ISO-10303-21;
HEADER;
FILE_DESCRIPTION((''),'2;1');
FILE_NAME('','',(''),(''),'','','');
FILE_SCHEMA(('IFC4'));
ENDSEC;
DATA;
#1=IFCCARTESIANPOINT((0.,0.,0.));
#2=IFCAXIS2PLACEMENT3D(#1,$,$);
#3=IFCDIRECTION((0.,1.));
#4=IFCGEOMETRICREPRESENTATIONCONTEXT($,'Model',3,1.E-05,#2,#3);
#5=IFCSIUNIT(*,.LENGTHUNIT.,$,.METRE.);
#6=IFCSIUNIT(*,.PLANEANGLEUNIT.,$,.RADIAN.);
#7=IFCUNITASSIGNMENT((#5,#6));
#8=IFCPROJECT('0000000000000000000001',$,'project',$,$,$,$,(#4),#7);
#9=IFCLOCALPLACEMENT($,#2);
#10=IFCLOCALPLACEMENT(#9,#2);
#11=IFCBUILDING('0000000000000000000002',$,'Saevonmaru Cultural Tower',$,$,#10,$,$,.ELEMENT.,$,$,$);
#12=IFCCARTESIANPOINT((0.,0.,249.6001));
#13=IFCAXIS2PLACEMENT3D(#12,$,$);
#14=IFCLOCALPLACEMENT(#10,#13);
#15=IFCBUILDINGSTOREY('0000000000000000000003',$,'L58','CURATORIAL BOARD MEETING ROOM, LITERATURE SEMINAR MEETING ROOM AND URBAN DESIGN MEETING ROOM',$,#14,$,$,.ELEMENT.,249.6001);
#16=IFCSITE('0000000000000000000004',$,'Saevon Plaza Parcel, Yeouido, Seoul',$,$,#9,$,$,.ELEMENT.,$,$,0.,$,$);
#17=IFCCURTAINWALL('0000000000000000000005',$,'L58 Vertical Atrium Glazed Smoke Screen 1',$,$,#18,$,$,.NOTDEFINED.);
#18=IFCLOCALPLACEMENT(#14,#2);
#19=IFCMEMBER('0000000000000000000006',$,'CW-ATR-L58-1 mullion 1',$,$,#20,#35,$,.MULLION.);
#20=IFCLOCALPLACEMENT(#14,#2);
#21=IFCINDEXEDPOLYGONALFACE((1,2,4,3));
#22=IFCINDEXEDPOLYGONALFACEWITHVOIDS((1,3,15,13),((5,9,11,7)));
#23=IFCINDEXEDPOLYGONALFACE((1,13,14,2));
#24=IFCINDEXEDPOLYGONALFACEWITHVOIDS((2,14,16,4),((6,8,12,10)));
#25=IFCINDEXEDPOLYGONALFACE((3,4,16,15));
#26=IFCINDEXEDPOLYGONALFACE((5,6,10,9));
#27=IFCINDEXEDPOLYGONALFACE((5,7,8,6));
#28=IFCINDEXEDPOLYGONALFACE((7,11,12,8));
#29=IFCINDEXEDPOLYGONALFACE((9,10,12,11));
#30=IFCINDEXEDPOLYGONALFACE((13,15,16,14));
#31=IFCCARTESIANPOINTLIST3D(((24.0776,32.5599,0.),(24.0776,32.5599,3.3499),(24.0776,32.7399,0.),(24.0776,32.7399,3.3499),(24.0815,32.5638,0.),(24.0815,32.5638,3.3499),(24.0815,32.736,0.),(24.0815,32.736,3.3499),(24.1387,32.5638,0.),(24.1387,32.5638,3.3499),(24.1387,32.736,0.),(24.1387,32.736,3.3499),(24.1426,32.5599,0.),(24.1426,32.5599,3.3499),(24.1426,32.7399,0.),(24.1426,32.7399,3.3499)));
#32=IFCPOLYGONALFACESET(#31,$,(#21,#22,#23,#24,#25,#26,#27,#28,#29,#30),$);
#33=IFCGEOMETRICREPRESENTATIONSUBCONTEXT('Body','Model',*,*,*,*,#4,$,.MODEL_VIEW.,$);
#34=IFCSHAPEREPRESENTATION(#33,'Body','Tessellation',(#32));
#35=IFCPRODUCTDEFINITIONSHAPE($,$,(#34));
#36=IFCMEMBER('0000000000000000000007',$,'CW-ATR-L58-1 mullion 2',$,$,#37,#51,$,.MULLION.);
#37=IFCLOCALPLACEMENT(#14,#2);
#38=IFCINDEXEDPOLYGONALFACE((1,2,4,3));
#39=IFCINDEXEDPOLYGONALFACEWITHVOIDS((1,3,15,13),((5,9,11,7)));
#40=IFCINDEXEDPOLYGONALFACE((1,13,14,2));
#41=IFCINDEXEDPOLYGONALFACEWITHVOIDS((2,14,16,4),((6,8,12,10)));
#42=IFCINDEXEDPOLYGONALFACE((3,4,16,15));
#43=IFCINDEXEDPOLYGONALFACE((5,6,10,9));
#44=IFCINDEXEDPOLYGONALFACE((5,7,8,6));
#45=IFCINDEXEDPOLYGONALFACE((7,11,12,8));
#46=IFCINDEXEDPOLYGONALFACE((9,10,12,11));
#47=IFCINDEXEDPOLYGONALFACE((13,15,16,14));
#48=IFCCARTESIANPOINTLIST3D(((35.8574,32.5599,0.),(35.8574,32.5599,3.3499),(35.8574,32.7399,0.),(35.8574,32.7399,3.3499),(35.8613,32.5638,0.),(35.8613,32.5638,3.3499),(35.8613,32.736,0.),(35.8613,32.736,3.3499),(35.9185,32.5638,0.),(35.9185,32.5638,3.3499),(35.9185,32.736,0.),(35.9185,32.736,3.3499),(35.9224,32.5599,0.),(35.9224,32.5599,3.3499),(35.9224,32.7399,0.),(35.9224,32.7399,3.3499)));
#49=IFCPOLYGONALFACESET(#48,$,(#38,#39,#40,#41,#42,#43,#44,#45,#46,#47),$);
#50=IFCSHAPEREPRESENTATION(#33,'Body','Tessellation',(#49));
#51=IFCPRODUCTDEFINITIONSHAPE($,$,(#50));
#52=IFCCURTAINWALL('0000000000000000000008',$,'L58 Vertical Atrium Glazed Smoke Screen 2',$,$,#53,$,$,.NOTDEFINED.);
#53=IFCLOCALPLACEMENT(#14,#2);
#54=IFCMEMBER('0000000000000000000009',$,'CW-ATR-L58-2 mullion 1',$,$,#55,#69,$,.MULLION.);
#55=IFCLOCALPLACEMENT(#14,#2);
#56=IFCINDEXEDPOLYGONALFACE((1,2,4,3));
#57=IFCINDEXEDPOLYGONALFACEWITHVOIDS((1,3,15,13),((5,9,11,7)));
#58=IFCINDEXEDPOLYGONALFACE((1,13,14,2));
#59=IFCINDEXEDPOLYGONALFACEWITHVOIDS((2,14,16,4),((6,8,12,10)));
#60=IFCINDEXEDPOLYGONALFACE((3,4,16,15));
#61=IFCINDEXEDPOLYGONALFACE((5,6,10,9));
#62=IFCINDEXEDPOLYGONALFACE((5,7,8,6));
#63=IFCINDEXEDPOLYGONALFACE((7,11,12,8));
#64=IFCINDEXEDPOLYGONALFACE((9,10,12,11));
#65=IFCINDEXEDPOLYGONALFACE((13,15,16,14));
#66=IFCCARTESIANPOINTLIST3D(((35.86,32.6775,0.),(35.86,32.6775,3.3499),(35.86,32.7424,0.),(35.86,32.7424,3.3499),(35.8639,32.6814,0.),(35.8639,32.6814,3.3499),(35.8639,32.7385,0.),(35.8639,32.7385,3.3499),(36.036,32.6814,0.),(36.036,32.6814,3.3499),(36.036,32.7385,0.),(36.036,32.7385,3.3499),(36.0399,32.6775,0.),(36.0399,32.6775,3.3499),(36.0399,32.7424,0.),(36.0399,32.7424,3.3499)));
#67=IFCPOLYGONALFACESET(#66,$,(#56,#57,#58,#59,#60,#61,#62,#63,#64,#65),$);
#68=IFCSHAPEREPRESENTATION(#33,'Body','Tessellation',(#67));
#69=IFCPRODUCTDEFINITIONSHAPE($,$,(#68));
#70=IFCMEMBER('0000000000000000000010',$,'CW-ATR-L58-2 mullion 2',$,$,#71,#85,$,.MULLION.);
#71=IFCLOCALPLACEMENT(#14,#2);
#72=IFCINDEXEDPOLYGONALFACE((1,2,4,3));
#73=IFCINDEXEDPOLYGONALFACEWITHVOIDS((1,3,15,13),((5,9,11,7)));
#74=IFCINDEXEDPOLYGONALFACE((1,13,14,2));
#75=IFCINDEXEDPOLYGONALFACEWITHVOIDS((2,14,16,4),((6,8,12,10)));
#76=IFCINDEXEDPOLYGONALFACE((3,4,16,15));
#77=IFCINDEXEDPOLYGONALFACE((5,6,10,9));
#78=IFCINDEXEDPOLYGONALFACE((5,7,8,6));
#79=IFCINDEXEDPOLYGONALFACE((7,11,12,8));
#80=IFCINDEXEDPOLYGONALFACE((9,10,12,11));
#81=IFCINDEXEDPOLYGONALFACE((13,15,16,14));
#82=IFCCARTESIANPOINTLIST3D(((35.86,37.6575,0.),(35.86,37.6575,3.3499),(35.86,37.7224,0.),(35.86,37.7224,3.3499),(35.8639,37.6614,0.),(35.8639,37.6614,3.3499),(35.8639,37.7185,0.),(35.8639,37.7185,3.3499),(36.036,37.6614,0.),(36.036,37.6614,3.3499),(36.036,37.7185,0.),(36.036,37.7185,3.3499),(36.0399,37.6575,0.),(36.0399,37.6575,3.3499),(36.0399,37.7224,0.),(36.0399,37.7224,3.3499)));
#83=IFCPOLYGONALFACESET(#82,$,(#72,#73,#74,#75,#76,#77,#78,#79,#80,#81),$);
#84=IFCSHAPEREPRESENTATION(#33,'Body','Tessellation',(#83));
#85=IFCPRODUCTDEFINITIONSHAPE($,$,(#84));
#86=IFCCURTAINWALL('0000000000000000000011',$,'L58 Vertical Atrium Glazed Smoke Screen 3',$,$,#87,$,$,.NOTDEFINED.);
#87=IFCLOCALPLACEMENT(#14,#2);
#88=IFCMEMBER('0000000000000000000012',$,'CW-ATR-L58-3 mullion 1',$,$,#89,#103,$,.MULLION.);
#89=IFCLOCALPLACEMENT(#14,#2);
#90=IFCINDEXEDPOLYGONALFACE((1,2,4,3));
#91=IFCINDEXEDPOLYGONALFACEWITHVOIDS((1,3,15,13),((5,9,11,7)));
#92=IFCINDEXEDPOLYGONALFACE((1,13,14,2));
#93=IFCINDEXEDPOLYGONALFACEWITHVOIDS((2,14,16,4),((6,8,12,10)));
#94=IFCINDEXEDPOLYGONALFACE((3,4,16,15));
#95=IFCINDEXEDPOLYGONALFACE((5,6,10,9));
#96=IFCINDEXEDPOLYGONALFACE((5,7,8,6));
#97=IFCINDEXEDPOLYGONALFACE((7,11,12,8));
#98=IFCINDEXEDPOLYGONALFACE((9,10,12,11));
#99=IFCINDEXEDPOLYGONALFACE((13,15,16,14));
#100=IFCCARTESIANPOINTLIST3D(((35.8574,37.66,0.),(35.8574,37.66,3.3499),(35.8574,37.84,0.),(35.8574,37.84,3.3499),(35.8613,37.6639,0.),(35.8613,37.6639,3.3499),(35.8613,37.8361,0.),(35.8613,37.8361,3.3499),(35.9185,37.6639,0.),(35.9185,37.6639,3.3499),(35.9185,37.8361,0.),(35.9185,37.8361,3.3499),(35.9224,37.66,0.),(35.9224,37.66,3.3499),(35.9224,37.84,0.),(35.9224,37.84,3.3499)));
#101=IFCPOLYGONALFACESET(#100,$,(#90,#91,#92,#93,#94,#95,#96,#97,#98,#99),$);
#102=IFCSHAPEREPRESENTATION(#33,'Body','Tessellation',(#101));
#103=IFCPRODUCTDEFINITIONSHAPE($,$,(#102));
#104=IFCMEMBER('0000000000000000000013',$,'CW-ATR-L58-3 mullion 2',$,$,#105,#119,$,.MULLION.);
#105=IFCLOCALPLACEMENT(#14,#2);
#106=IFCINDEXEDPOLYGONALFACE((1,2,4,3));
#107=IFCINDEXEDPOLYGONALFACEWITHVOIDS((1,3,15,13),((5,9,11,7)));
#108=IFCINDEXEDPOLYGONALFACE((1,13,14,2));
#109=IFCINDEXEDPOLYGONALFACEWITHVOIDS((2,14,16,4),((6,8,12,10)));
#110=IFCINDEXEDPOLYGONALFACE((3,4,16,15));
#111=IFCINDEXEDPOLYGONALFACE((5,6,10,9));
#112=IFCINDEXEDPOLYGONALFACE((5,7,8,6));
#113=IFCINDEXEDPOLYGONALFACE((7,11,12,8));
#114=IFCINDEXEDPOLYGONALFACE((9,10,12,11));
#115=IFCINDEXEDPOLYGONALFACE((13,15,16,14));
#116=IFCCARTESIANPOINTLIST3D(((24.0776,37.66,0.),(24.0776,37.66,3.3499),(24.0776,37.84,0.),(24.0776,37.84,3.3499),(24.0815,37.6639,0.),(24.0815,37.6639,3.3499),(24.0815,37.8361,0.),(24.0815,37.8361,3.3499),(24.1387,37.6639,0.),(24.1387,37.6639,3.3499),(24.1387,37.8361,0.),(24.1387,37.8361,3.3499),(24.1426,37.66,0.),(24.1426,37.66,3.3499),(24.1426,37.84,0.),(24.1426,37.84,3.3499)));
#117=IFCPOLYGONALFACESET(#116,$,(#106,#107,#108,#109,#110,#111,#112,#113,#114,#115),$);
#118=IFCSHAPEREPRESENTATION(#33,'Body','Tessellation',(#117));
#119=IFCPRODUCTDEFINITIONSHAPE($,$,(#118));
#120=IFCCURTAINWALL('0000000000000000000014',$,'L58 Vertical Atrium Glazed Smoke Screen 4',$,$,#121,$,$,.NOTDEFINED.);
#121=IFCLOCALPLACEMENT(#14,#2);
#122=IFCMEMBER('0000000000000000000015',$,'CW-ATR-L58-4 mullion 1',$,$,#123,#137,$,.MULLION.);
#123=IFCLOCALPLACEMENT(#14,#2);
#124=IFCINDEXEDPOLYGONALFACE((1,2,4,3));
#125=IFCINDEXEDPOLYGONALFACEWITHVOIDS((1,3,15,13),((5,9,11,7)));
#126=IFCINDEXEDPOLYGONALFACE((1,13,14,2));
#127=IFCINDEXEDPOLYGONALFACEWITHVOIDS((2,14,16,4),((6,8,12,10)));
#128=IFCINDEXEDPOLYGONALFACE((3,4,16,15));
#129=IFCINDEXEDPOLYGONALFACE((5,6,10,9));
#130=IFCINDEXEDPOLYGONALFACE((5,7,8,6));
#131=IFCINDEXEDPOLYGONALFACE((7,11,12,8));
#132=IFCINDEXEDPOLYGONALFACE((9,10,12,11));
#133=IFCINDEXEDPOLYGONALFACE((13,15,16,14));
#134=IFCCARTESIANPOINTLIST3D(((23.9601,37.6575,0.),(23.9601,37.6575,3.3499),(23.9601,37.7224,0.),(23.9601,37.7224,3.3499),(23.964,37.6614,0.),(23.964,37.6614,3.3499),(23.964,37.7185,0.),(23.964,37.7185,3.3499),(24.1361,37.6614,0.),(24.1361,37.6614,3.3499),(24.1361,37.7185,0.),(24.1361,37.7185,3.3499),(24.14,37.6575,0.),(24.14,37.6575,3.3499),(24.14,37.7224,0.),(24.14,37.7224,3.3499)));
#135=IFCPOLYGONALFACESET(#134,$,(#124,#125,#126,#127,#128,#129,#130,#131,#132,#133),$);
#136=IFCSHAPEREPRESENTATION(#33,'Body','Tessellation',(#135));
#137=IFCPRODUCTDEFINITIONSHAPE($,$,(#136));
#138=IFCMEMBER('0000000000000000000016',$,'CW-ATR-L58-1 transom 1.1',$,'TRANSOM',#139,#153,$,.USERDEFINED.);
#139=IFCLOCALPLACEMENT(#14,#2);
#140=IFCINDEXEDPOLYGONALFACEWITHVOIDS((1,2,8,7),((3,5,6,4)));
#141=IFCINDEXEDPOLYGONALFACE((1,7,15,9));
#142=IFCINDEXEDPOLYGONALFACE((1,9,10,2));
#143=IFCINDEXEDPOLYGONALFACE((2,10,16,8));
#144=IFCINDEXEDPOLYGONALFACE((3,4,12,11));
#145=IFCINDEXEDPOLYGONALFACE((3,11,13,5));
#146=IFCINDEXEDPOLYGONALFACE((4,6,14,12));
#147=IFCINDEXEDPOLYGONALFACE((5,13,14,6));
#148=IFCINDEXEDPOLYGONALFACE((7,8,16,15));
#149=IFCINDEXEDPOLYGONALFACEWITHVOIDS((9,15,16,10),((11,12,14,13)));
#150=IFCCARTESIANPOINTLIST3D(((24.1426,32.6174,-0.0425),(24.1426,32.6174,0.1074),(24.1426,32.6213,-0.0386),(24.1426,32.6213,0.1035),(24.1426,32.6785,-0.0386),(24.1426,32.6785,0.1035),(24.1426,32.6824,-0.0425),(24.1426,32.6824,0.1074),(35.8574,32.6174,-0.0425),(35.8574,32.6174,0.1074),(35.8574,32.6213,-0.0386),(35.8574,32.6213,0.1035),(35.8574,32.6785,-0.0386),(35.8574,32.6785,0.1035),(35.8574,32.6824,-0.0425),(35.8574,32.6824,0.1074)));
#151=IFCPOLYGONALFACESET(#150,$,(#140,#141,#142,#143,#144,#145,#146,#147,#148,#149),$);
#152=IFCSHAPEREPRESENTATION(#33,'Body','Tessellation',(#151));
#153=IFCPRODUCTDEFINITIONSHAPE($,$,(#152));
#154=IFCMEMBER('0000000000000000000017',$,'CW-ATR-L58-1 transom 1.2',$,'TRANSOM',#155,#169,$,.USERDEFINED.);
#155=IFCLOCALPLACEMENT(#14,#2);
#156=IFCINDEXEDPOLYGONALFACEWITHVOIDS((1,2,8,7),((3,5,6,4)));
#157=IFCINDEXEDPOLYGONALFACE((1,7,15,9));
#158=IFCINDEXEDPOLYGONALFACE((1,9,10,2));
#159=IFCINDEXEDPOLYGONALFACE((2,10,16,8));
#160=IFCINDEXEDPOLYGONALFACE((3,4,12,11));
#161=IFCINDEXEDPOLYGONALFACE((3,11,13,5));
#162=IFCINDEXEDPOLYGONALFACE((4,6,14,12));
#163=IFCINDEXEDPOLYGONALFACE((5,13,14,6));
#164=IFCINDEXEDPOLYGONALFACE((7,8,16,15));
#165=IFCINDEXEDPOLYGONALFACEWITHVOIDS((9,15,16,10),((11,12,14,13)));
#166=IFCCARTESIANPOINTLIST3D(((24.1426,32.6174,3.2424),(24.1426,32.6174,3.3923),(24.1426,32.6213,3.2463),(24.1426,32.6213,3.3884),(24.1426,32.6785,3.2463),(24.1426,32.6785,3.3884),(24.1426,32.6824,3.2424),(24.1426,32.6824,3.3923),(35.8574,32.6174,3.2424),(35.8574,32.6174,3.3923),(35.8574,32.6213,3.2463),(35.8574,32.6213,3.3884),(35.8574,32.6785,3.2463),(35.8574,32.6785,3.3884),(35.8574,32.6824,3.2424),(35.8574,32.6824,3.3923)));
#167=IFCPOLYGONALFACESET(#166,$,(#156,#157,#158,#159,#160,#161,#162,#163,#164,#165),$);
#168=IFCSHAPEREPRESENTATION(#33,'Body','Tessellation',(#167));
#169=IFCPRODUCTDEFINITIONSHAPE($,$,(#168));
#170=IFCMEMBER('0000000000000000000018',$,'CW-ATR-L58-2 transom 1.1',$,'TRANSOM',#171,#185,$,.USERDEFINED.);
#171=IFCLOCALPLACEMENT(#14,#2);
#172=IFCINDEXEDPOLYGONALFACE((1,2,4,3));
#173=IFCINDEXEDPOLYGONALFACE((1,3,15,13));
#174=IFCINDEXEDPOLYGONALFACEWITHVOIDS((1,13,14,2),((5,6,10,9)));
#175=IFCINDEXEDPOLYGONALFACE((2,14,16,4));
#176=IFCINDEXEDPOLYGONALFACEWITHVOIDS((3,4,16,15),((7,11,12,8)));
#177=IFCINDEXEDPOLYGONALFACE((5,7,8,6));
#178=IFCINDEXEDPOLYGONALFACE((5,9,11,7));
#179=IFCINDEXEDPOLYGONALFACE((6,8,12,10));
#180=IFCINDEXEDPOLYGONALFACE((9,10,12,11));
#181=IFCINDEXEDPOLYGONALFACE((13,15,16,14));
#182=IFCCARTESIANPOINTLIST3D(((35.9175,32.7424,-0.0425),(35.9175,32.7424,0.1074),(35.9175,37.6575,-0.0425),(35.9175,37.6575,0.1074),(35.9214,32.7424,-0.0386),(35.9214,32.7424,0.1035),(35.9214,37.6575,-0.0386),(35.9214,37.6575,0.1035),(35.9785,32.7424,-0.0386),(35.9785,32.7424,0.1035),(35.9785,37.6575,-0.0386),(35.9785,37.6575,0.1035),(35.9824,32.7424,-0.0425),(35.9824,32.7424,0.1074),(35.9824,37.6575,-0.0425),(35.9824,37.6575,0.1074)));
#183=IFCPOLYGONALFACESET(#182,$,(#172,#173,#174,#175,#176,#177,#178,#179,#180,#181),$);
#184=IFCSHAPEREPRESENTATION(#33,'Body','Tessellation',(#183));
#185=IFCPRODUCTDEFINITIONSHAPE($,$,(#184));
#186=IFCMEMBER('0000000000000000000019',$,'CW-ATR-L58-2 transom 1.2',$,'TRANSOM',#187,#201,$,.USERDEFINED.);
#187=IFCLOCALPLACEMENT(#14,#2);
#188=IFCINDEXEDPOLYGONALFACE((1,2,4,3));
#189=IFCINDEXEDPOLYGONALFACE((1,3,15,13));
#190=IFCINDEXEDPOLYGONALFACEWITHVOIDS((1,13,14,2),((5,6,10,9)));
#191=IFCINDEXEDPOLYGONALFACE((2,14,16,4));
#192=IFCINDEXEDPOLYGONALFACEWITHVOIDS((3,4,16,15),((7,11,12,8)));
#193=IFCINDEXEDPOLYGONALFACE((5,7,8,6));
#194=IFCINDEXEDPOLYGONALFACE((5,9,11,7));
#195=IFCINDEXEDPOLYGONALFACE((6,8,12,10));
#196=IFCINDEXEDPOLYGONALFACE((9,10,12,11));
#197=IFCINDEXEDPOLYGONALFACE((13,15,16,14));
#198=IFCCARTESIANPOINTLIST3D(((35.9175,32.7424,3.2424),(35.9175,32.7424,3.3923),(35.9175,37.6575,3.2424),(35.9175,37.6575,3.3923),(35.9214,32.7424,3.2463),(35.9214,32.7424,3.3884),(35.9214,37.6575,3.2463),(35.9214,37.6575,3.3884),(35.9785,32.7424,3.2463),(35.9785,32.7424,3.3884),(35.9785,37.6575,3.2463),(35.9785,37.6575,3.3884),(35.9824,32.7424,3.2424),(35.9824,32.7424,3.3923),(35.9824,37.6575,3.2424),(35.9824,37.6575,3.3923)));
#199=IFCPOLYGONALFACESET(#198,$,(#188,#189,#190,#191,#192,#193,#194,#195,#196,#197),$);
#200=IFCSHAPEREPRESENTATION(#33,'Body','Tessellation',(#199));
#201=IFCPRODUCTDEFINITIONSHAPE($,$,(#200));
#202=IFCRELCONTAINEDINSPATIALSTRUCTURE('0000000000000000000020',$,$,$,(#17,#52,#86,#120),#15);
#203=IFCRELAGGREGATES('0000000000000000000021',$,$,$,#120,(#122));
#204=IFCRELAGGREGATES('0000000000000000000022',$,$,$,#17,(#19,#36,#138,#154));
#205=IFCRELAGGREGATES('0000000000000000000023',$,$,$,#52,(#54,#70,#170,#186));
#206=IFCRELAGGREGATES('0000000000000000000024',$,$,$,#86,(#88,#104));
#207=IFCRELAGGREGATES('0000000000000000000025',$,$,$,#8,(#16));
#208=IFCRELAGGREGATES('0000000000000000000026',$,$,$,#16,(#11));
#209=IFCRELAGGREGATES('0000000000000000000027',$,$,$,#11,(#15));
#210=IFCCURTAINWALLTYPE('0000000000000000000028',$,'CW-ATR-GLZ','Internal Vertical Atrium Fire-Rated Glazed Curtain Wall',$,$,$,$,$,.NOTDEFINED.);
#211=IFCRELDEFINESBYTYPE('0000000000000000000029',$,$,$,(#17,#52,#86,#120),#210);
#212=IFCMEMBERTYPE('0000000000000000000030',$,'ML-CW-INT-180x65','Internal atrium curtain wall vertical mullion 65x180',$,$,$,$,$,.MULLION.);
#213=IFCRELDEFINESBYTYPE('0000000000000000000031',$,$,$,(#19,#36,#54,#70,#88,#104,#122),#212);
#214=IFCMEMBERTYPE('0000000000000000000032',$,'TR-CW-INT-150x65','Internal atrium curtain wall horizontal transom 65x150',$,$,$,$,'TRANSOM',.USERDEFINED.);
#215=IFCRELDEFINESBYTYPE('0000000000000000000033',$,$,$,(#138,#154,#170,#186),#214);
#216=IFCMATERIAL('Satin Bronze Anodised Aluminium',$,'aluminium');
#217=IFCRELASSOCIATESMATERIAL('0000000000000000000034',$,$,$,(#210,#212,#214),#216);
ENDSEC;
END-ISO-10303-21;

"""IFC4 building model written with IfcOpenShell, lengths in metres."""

from ifc_helpers import new_model, si_unit, direction, frame, origin, origin_2d, place, context, subcontext, project, spatial, hollow_rectangle, extrude, material, material_profile, profile_set, type_object, element, aggregate, save


model = new_model("IFC4")

# Units and contexts
model_context = context("Model", 3, precision=1e-05, world=origin(), true_north=direction((0.0, 1.0)))
body_context = subcontext(model_context, "Body", "Model", "MODEL_VIEW")
ifc_project = project(units=[si_unit("LENGTHUNIT", "METRE"), si_unit("PLANEANGLEUNIT", "RADIAN")], contexts=[model_context])

# Site, building, storey
site_placement = place(None, origin())
site = spatial("IfcSite", under=ifc_project, at=site_placement, Name="Saevon Plaza Parcel, Yeouido, Seoul", CompositionType="ELEMENT", RefElevation=0.0)
building_placement = place(site_placement, origin())
building = spatial("IfcBuilding", under=site, at=building_placement, Name="Saevonmaru Cultural Tower", CompositionType="ELEMENT")
storey_placement = place(building_placement, frame((0.0, 0.0, 249.6001)))
storey = spatial("IfcBuildingStorey", under=building, at=storey_placement, Name="L58", Description="CURATORIAL BOARD MEETING ROOM, LITERATURE SEMINAR MEETING ROOM AND URBAN DESIGN MEETING ROOM", CompositionType="ELEMENT", Elevation=249.6001)

# Curtain walls, members
ifc_material_1 = material(Name="Satin Bronze Anodised Aluminium", Category="aluminium")
curtain_wall_type = type_object("IfcCurtainWallType", Name="CW-ATR-GLZ", Description="Internal Vertical Atrium Fire-Rated Glazed Curtain Wall", PredefinedType="NOTDEFINED", material=ifc_material_1)
curtain_wall_1_placement = place(storey_placement, origin())
curtain_wall_1 = element("IfcCurtainWall", 1, at=curtain_wall_1_placement, inside=storey, type_object=curtain_wall_type, Name="L58 Vertical Atrium Glazed Smoke Screen 1", PredefinedType="NOTDEFINED")
ifc_material_profile_1 = material_profile(ifc_material_1, hollow_rectangle(XDim=0.0649, YDim=0.1799, WallThickness=0.0039, at=origin_2d()), Name="ALU-MULL-180x65x4")
ifc_profile_set_1 = profile_set([ifc_material_profile_1], Name="Satin Bronze Anodised Aluminium")
member_type_1 = type_object("IfcMemberType", Name="ML-CW-INT-180x65", Description="Internal atrium curtain wall vertical mullion 65x180", PredefinedType="MULLION", material=ifc_profile_set_1)
member_1_placement = place(storey_placement, frame((24.1101, 32.6499, 0.0), z_axis=(0.0, 0.0, 1.0), x_axis=(1.0, 0.0, 0.0)))
member_1 = element("IfcMember", 2, at=member_1_placement, type_object=member_type_1, Name="CW-ATR-L58-1 mullion 1", PredefinedType="MULLION", context=body_context, shape_type="SweptSolid", body=[
    extrude(hollow_rectangle(XDim=0.0649, YDim=0.1799, WallThickness=0.0039, at=origin_2d()), origin(), (0.0, 0.0, 1.0), 3.3499),
])
member_2_placement = place(storey_placement, frame((35.8899, 32.6499, 0.0), z_axis=(0.0, 0.0, 1.0), x_axis=(1.0, 0.0, 0.0)))
member_2 = element("IfcMember", 3, at=member_2_placement, type_object=member_type_1, Name="CW-ATR-L58-1 mullion 2", PredefinedType="MULLION", context=body_context, shape_type="SweptSolid", body=[
    extrude(hollow_rectangle(XDim=0.0649, YDim=0.1799, WallThickness=0.0039, at=origin_2d()), origin(), (0.0, 0.0, 1.0), 3.3499),
])
curtain_wall_2_placement = place(storey_placement, origin())
curtain_wall_2 = element("IfcCurtainWall", 4, at=curtain_wall_2_placement, inside=storey, type_object=curtain_wall_type, Name="L58 Vertical Atrium Glazed Smoke Screen 2", PredefinedType="NOTDEFINED")
member_3_placement = place(storey_placement, frame((35.95, 32.71, 0.0), z_axis=(0.0, 0.0, 1.0), x_axis=(0.0, 1.0, 0.0)))
member_3 = element("IfcMember", 5, at=member_3_placement, type_object=member_type_1, Name="CW-ATR-L58-2 mullion 1", PredefinedType="MULLION", context=body_context, shape_type="SweptSolid", body=[
    extrude(hollow_rectangle(XDim=0.0649, YDim=0.1799, WallThickness=0.0039, at=origin_2d()), origin(), (0.0, 0.0, 1.0), 3.3499),
])
member_4_placement = place(storey_placement, frame((35.95, 37.6899, 0.0), z_axis=(0.0, 0.0, 1.0), x_axis=(0.0, 1.0, 0.0)))
member_4 = element("IfcMember", 6, at=member_4_placement, type_object=member_type_1, Name="CW-ATR-L58-2 mullion 2", PredefinedType="MULLION", context=body_context, shape_type="SweptSolid", body=[
    extrude(hollow_rectangle(XDim=0.0649, YDim=0.1799, WallThickness=0.0039, at=origin_2d()), origin(), (0.0, 0.0, 1.0), 3.3499),
])
curtain_wall_3_placement = place(storey_placement, origin())
curtain_wall_3 = element("IfcCurtainWall", 7, at=curtain_wall_3_placement, inside=storey, type_object=curtain_wall_type, Name="L58 Vertical Atrium Glazed Smoke Screen 3", PredefinedType="NOTDEFINED")
member_5_placement = place(storey_placement, frame((35.8899, 37.75, 0.0), z_axis=(0.0, 0.0, 1.0), x_axis=(-1.0, 0.0, 0.0)))
member_5 = element("IfcMember", 8, at=member_5_placement, type_object=member_type_1, Name="CW-ATR-L58-3 mullion 1", PredefinedType="MULLION", context=body_context, shape_type="SweptSolid", body=[
    extrude(hollow_rectangle(XDim=0.0649, YDim=0.1799, WallThickness=0.0039, at=origin_2d()), origin(), (0.0, 0.0, 1.0), 3.3499),
])
member_6_placement = place(storey_placement, frame((24.1101, 37.75, 0.0), z_axis=(0.0, 0.0, 1.0), x_axis=(-1.0, 0.0, 0.0)))
member_6 = element("IfcMember", 9, at=member_6_placement, type_object=member_type_1, Name="CW-ATR-L58-3 mullion 2", PredefinedType="MULLION", context=body_context, shape_type="SweptSolid", body=[
    extrude(hollow_rectangle(XDim=0.0649, YDim=0.1799, WallThickness=0.0039, at=origin_2d()), origin(), (0.0, 0.0, 1.0), 3.3499),
])

# Curtain wall, member
curtain_wall_4_placement = place(storey_placement, origin())
curtain_wall_4 = element("IfcCurtainWall", 10, at=curtain_wall_4_placement, inside=storey, type_object=curtain_wall_type, Name="L58 Vertical Atrium Glazed Smoke Screen 4", PredefinedType="NOTDEFINED")
member_7_placement = place(storey_placement, frame((24.05, 37.6899, 0.0), z_axis=(0.0, 0.0, 1.0), x_axis=(0.0, -1.0, 0.0)))
member_7 = element("IfcMember", 11, at=member_7_placement, type_object=member_type_1, Name="CW-ATR-L58-4 mullion 1", PredefinedType="MULLION", context=body_context, shape_type="SweptSolid", body=[
    extrude(hollow_rectangle(XDim=0.0649, YDim=0.1799, WallThickness=0.0039, at=origin_2d()), origin(), (0.0, 0.0, 1.0), 3.3499),
])
aggregate(curtain_wall_4, [member_7])

# Members
ifc_material_profile_2 = material_profile(ifc_material_1, hollow_rectangle(XDim=0.0649, YDim=0.1499, WallThickness=0.0039, at=origin_2d()), Name="ALU-TRAN-150x65x4")
ifc_profile_set_2 = profile_set([ifc_material_profile_2], Name="Satin Bronze Anodised Aluminium")
member_type_2 = type_object("IfcMemberType", Name="TR-CW-INT-150x65", Description="Internal atrium curtain wall horizontal transom 65x150", ElementType="TRANSOM", PredefinedType="USERDEFINED", material=ifc_profile_set_2)
member_8_placement = place(storey_placement, frame((24.1426, 32.6499, 0.0325), z_axis=(1.0, 0.0, 0.0), x_axis=(0.0, 1.0, 0.0)))
member_8 = element("IfcMember", 12, at=member_8_placement, type_object=member_type_2, Name="CW-ATR-L58-1 transom 1.1", ObjectType="TRANSOM", PredefinedType="USERDEFINED", context=body_context, shape_type="SweptSolid", body=[
    extrude(hollow_rectangle(XDim=0.0649, YDim=0.1499, WallThickness=0.0039, at=origin_2d()), origin(), (0.0, 0.0, 1.0), 11.7148),
])
member_9_placement = place(storey_placement, frame((24.1426, 32.6499, 3.3174), z_axis=(1.0, 0.0, 0.0), x_axis=(0.0, 1.0, 0.0)))
member_9 = element("IfcMember", 13, at=member_9_placement, type_object=member_type_2, Name="CW-ATR-L58-1 transom 1.2", ObjectType="TRANSOM", PredefinedType="USERDEFINED", context=body_context, shape_type="SweptSolid", body=[
    extrude(hollow_rectangle(XDim=0.0649, YDim=0.1499, WallThickness=0.0039, at=origin_2d()), origin(), (0.0, 0.0, 1.0), 11.7148),
])
member_10_placement = place(storey_placement, frame((35.95, 32.7424, 0.0325), z_axis=(0.0, 1.0, 0.0), x_axis=(-1.0, 0.0, 0.0)))
member_10 = element("IfcMember", 14, at=member_10_placement, type_object=member_type_2, Name="CW-ATR-L58-2 transom 1.1", ObjectType="TRANSOM", PredefinedType="USERDEFINED", context=body_context, shape_type="SweptSolid", body=[
    extrude(hollow_rectangle(XDim=0.0649, YDim=0.1499, WallThickness=0.0039, at=origin_2d()), origin(), (0.0, 0.0, 1.0), 4.915),
])
member_11_placement = place(storey_placement, frame((35.95, 32.7424, 3.3174), z_axis=(0.0, 1.0, 0.0), x_axis=(-1.0, 0.0, 0.0)))
member_11 = element("IfcMember", 15, at=member_11_placement, type_object=member_type_2, Name="CW-ATR-L58-2 transom 1.2", ObjectType="TRANSOM", PredefinedType="USERDEFINED", context=body_context, shape_type="SweptSolid", body=[
    extrude(hollow_rectangle(XDim=0.0649, YDim=0.1499, WallThickness=0.0039, at=origin_2d()), origin(), (0.0, 0.0, 1.0), 4.915),
])

aggregate(curtain_wall_1, [member_1, member_2, member_8, member_9])
aggregate(curtain_wall_2, [member_3, member_4, member_10, member_11])
aggregate(curtain_wall_3, [member_5, member_6])

save(model, "model.ifc")
